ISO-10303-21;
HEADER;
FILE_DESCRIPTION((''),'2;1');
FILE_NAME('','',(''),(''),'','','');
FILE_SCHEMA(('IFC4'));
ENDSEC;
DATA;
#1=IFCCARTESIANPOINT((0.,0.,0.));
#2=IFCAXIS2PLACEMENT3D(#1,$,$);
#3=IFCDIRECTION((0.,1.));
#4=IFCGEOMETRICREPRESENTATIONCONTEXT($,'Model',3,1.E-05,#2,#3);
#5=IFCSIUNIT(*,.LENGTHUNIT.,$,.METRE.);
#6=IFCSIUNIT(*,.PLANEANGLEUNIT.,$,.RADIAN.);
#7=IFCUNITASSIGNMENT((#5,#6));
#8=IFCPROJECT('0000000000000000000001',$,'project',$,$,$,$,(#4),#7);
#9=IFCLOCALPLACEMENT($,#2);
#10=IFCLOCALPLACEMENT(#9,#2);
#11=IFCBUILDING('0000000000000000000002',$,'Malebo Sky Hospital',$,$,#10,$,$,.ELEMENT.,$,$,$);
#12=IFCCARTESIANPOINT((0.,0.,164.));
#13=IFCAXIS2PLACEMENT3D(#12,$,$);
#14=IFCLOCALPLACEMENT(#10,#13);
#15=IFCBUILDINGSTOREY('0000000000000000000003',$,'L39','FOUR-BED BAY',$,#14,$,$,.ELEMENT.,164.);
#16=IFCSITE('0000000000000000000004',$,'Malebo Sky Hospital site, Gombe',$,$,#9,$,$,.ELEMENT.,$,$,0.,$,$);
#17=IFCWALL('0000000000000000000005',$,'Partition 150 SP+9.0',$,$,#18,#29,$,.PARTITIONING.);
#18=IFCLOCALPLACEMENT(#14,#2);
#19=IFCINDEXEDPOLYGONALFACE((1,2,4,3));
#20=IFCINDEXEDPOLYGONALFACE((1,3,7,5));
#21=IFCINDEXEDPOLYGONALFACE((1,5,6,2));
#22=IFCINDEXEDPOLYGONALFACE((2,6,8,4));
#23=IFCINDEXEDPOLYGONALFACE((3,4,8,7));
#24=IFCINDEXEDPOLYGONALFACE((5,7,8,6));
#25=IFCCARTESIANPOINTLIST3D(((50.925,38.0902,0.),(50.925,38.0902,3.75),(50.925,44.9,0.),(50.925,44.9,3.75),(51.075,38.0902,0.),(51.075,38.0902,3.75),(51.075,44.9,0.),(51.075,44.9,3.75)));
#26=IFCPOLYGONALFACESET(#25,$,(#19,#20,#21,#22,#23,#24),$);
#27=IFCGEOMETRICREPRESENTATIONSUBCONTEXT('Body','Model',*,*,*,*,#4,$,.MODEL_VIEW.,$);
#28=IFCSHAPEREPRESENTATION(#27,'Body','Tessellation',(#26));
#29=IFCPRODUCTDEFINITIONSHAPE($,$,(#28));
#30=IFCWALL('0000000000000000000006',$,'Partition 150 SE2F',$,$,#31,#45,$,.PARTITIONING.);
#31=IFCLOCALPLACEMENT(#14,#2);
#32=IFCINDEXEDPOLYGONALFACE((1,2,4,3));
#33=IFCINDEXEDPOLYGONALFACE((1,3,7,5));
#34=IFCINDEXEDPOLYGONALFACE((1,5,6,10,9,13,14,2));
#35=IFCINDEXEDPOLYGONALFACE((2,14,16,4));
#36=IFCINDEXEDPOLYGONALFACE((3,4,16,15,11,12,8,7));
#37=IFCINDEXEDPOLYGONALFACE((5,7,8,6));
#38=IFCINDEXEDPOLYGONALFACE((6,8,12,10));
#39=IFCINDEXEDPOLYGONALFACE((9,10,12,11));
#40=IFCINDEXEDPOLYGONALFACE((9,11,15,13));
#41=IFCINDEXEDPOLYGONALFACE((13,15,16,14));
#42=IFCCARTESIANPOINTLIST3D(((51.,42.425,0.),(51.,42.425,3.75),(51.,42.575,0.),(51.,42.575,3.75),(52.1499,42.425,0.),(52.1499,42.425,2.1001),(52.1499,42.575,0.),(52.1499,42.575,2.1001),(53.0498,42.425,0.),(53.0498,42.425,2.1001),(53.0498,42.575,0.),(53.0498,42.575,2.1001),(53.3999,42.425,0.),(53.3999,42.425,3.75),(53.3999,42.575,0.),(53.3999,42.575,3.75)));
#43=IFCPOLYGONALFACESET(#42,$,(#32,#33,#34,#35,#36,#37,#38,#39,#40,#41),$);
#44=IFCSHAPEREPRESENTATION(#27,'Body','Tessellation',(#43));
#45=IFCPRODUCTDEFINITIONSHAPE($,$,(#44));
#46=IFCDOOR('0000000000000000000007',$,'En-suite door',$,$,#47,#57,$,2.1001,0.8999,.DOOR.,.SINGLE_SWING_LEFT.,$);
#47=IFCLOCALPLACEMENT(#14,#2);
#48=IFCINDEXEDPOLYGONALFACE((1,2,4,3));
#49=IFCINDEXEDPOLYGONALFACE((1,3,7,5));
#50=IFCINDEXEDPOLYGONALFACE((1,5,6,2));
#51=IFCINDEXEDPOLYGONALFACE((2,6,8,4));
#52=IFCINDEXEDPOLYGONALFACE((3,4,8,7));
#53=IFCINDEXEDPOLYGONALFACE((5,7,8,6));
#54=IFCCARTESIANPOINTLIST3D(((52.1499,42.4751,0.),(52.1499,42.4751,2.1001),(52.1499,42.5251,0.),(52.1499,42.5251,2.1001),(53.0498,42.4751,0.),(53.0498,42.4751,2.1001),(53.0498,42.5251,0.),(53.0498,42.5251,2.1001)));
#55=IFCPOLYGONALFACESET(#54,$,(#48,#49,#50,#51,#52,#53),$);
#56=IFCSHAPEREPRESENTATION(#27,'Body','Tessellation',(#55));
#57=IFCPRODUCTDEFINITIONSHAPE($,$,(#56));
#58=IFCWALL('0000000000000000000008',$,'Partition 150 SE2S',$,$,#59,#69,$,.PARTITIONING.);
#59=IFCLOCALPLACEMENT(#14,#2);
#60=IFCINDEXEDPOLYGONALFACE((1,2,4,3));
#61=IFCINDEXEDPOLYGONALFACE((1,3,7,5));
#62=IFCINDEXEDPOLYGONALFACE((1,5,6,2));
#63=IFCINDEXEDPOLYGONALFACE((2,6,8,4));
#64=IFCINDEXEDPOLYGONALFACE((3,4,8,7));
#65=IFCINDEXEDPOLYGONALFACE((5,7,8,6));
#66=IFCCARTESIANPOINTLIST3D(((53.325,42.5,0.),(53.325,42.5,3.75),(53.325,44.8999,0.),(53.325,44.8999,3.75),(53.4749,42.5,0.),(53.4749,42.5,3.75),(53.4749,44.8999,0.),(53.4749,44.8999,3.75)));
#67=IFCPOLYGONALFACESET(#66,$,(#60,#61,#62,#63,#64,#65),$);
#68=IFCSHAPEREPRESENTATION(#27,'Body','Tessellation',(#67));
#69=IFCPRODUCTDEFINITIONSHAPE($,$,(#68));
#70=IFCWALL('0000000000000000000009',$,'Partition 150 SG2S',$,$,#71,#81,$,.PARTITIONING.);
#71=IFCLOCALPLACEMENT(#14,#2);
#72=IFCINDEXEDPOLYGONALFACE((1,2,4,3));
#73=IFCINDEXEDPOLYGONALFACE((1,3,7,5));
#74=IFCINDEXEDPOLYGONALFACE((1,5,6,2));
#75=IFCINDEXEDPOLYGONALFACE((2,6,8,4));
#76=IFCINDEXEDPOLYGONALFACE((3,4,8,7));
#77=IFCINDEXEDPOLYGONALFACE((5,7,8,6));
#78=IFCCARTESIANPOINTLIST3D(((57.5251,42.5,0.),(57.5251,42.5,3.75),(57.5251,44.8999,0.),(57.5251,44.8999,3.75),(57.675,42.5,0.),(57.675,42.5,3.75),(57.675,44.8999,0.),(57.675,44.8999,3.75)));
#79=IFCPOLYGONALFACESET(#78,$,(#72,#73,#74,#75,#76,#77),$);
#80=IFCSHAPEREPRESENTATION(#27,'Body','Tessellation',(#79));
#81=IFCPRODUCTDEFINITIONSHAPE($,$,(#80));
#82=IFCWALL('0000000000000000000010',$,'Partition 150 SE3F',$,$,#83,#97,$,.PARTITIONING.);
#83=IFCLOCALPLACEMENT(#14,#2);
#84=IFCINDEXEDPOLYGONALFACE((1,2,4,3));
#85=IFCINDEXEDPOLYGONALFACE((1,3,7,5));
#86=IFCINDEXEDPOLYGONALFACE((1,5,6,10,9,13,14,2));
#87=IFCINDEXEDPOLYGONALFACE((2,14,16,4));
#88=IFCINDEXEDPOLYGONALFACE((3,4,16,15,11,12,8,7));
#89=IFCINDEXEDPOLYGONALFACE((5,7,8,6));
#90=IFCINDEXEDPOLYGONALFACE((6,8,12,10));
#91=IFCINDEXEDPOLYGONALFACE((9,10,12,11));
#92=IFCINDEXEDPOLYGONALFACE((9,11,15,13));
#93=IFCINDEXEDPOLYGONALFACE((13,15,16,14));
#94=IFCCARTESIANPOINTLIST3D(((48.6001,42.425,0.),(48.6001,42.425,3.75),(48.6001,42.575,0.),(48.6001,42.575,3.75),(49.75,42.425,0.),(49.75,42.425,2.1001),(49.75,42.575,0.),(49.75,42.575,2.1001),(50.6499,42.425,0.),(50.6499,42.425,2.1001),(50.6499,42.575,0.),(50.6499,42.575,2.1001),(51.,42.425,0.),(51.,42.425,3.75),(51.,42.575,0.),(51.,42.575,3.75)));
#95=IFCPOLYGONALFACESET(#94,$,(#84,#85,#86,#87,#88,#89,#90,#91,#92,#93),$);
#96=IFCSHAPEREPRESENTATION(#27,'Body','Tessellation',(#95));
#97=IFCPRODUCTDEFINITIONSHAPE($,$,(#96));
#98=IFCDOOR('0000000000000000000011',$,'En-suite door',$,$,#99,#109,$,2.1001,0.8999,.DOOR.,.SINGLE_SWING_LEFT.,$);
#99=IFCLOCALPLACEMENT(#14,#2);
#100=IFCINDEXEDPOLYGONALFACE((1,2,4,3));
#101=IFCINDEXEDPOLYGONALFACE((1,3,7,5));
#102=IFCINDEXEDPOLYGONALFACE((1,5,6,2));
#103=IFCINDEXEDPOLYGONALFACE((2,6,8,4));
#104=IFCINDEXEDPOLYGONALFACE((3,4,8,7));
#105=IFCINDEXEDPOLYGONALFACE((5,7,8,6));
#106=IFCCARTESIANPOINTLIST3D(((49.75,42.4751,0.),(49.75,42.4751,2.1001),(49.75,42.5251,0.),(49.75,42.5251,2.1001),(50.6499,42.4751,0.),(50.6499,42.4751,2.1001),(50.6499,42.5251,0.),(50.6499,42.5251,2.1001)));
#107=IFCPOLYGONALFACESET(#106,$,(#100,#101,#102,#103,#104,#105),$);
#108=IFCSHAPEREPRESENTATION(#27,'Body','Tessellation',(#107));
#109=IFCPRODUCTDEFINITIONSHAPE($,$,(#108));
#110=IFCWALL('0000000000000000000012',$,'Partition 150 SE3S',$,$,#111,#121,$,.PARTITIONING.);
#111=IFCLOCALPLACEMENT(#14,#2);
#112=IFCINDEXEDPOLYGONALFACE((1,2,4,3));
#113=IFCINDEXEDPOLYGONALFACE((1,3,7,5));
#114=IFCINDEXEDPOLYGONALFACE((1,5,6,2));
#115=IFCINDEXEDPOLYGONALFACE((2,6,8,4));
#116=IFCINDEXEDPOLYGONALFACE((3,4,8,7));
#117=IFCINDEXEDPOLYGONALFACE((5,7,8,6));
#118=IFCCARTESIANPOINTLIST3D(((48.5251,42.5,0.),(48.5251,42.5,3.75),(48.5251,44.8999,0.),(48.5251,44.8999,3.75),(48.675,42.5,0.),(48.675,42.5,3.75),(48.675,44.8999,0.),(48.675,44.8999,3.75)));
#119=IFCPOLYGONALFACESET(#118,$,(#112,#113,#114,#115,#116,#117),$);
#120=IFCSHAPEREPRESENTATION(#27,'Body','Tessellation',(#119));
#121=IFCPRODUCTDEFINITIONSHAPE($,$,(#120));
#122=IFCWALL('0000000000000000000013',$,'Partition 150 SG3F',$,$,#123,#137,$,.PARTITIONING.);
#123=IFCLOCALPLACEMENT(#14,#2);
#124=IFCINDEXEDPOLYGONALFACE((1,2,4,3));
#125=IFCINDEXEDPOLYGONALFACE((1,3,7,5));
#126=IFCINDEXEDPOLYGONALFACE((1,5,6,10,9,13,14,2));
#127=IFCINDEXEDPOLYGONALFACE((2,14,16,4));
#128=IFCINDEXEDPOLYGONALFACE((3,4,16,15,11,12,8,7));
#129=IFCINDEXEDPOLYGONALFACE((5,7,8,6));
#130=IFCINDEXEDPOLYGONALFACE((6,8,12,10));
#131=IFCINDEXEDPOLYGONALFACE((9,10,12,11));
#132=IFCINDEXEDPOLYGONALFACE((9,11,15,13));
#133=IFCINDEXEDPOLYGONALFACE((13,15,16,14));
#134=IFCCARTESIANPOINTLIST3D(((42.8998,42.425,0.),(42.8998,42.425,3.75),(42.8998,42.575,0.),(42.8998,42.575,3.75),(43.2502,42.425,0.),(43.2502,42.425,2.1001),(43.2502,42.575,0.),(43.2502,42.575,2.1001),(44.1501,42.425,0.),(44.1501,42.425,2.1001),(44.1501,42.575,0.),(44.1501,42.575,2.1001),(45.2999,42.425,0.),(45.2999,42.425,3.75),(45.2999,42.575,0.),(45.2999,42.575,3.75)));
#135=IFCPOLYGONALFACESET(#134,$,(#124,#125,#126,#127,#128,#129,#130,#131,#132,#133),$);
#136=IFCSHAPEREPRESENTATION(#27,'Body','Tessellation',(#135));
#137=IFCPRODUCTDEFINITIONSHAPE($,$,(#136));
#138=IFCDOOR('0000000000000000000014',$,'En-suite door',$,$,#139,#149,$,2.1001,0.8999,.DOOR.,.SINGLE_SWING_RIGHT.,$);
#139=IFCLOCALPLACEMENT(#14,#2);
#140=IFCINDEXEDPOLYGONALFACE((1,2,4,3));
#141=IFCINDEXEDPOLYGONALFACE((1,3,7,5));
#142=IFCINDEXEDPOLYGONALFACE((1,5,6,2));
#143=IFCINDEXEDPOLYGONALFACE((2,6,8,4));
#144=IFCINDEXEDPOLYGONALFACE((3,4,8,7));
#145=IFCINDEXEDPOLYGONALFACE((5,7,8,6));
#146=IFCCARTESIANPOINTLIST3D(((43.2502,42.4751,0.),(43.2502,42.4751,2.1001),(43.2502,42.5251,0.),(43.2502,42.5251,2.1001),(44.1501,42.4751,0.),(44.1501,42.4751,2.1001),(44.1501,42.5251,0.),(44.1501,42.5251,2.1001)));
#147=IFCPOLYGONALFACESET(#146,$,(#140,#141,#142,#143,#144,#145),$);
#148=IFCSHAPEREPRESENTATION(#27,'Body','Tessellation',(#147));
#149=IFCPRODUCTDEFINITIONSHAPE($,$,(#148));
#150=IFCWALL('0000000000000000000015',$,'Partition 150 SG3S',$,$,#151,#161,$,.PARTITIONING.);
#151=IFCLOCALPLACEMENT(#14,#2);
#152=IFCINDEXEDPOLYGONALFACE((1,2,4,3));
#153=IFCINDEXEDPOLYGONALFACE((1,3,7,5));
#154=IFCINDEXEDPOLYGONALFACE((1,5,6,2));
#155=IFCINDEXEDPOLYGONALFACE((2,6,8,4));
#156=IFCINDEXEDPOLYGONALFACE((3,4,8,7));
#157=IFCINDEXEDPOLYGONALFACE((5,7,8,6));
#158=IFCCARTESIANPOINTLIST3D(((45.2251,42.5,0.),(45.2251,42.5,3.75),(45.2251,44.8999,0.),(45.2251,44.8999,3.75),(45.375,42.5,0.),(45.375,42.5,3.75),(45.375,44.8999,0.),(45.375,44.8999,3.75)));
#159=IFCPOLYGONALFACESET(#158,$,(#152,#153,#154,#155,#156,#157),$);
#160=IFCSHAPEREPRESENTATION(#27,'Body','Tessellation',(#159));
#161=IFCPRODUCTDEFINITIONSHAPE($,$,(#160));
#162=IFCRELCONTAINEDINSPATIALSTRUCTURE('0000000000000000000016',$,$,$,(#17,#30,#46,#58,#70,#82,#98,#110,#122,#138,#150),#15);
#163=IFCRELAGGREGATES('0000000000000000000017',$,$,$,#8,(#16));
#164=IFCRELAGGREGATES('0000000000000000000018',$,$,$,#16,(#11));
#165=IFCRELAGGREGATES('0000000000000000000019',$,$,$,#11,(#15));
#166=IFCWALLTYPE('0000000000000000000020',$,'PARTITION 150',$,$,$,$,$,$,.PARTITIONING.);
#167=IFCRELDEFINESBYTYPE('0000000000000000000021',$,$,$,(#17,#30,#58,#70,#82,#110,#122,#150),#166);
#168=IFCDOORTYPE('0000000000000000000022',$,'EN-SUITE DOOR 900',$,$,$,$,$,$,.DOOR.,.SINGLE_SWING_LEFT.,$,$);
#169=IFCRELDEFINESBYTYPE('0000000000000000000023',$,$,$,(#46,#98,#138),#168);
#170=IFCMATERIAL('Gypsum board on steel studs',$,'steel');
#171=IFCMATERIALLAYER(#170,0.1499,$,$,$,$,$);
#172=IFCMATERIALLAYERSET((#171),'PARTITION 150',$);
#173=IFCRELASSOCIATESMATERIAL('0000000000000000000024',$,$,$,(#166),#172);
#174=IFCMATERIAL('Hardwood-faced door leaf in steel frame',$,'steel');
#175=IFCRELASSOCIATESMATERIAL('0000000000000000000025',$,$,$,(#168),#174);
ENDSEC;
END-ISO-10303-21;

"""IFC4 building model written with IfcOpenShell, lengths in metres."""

from ifc_helpers import new_model, si_unit, direction, frame, frame_2d, origin, place, context, subcontext, project, spatial, rectangle, extrude, material, layer, layer_set, type_object, element, fill, save


model = new_model("IFC4")

# Units and contexts
model_context = context("Model", 3, precision=1e-05, world=origin(), true_north=direction((0.0, 1.0)))
body_context = subcontext(model_context, "Body", "Model", "MODEL_VIEW")
ifc_project = project(units=[si_unit("LENGTHUNIT", "METRE"), si_unit("PLANEANGLEUNIT", "RADIAN")], contexts=[model_context])

# Site, building, storey
site_placement = place(None, origin())
site = spatial("IfcSite", under=ifc_project, at=site_placement, Name="Malebo Sky Hospital site, Gombe", CompositionType="ELEMENT", RefElevation=0.0)
building_placement = place(site_placement, origin())
building = spatial("IfcBuilding", under=site, at=building_placement, Name="Malebo Sky Hospital", CompositionType="ELEMENT")
storey_placement = place(building_placement, frame((0.0, 0.0, 164.0)))
storey = spatial("IfcBuildingStorey", under=building, at=storey_placement, Name="L39", Description="FOUR-BED BAY", CompositionType="ELEMENT", Elevation=164.0)

# Wall
ifc_material_1 = material(Name="Gypsum board on steel studs", Category="steel")
ifc_layer_1 = layer(ifc_material_1, 0.1499)
ifc_layer_set_1 = layer_set([ifc_layer_1], Name="PARTITION 150")
wall_type = type_object("IfcWallType", Name="PARTITION 150", PredefinedType="PARTITIONING", material=ifc_layer_set_1)
wall_1_placement = place(storey_placement, frame((51.0, 44.8999, 0.0), z_axis=(0.0, 0.0, 1.0), x_axis=(0.0, -1.0, 0.0)))
element("IfcWall", 1, at=wall_1_placement, inside=storey, type_object=wall_type, Name="Partition 150 SP+9.0", PredefinedType="PARTITIONING", context=body_context, shape_type="SweptSolid", body=[
    extrude(rectangle(XDim=6.8098, YDim=0.1499, at=frame_2d((3.4048, 0.0))), origin(), (0.0, 0.0, 1.0), 3.75),
])

# Wall, opening, door
wall_2_placement = place(storey_placement, frame((53.3999, 42.5, 0.0), z_axis=(0.0, 0.0, 1.0), x_axis=(-1.0, 0.0, 0.0)))
wall_2 = element("IfcWall", 2, at=wall_2_placement, inside=storey, type_object=wall_type, Name="Partition 150 SE2F", PredefinedType="PARTITIONING", context=body_context, shape_type="SweptSolid", body=[
    extrude(rectangle(XDim=2.3999, YDim=0.1499, at=frame_2d((1.2, 0.0))), origin(), (0.0, 0.0, 1.0), 3.75),
])
opening_1_placement = place(wall_2_placement, frame((0.3501, 0.0, 0.0)))
opening_1 = element("IfcOpeningElement", 3, at=opening_1_placement, cuts=wall_2, PredefinedType="OPENING", context=body_context, shape_type="SweptSolid", body=[
    extrude(rectangle(XDim=0.8999, YDim=2.1001, at=frame_2d((0.45, 1.05))), frame((0.0, 0.085, 0.0), z_axis=(0.0, -1.0, 0.0), x_axis=(1.0, 0.0, 0.0)), (0.0, 0.0, 1.0), 0.1699),
])
ifc_material_2 = material(Name="Hardwood-faced door leaf in steel frame", Category="steel")
door_type = type_object("IfcDoorType", Name="EN-SUITE DOOR 900", OperationType="SINGLE_SWING_LEFT", PredefinedType="DOOR", material=ifc_material_2)
door_1_placement = place(opening_1_placement, origin())
door_1 = element("IfcDoor", 4, at=door_1_placement, inside=storey, type_object=door_type, Name="En-suite door", OperationType="SINGLE_SWING_LEFT", OverallHeight=2.1001, OverallWidth=0.8999, PredefinedType="DOOR", context=body_context, shape_type="SweptSolid", body=[
    extrude(rectangle(XDim=0.8999, YDim=2.1001, at=frame_2d((0.45, 1.05))), frame((0.0, 0.0249, 0.0), z_axis=(0.0, -1.0, 0.0), x_axis=(1.0, 0.0, 0.0)), (0.0, 0.0, 1.0), 0.05),
])
fill(opening_1, door_1)

# Walls
for number, where, z_axis, x_axis, name in (
    (5, (53.3999, 44.8999, 0.0), (0.0, 0.0, 1.0), (0.0, -1.0, 0.0), "Partition 150 SE2S"),
    (6, (57.6001, 44.8999, 0.0), (0.0, 0.0, 1.0), (0.0, -1.0, 0.0), "Partition 150 SG2S"),
):
    element("IfcWall", number, at=place(storey_placement, frame(where, z_axis=z_axis, x_axis=x_axis)), inside=storey, type_object=wall_type, Name=name, PredefinedType="PARTITIONING", context=body_context, shape_type="SweptSolid", body=[
        extrude(rectangle(XDim=2.3999, YDim=0.1499, at=frame_2d((1.2, 0.0))), origin(), (0.0, 0.0, 1.0), 3.75),
    ])

# Wall, opening, door
wall_3_placement = place(storey_placement, frame((51.0, 42.5, 0.0), z_axis=(0.0, 0.0, 1.0), x_axis=(-1.0, 0.0, 0.0)))
wall_3 = element("IfcWall", 7, at=wall_3_placement, inside=storey, type_object=wall_type, Name="Partition 150 SE3F", PredefinedType="PARTITIONING", context=body_context, shape_type="SweptSolid", body=[
    extrude(rectangle(XDim=2.3999, YDim=0.1499, at=frame_2d((1.2, 0.0))), origin(), (0.0, 0.0, 1.0), 3.75),
])
opening_2_placement = place(wall_3_placement, frame((0.3501, 0.0, 0.0)))
opening_2 = element("IfcOpeningElement", 8, at=opening_2_placement, cuts=wall_3, PredefinedType="OPENING", context=body_context, shape_type="SweptSolid", body=[
    extrude(rectangle(XDim=0.8999, YDim=2.1001, at=frame_2d((0.45, 1.05))), frame((0.0, 0.085, 0.0), z_axis=(0.0, -1.0, 0.0), x_axis=(1.0, 0.0, 0.0)), (0.0, 0.0, 1.0), 0.1699),
])
door_2_placement = place(opening_2_placement, origin())
door_2 = element("IfcDoor", 9, at=door_2_placement, inside=storey, type_object=door_type, Name="En-suite door", OperationType="SINGLE_SWING_LEFT", OverallHeight=2.1001, OverallWidth=0.8999, PredefinedType="DOOR", context=body_context, shape_type="SweptSolid", body=[
    extrude(rectangle(XDim=0.8999, YDim=2.1001, at=frame_2d((0.45, 1.05))), frame((0.0, 0.0249, 0.0), z_axis=(0.0, -1.0, 0.0), x_axis=(1.0, 0.0, 0.0)), (0.0, 0.0, 1.0), 0.05),
])
fill(opening_2, door_2)

# Wall
wall_4_placement = place(storey_placement, frame((48.6001, 44.8999, 0.0), z_axis=(0.0, 0.0, 1.0), x_axis=(0.0, -1.0, 0.0)))
element("IfcWall", 10, at=wall_4_placement, inside=storey, type_object=wall_type, Name="Partition 150 SE3S", PredefinedType="PARTITIONING", context=body_context, shape_type="SweptSolid", body=[
    extrude(rectangle(XDim=2.3999, YDim=0.1499, at=frame_2d((1.2, 0.0))), origin(), (0.0, 0.0, 1.0), 3.75),
])

# Wall, opening, door
wall_5_placement = place(storey_placement, frame((45.3, 42.5, 0.0), z_axis=(0.0, 0.0, 1.0), x_axis=(-1.0, 0.0, 0.0)))
wall_5 = element("IfcWall", 11, at=wall_5_placement, inside=storey, type_object=wall_type, Name="Partition 150 SG3F", PredefinedType="PARTITIONING", context=body_context, shape_type="SweptSolid", body=[
    extrude(rectangle(XDim=2.4001, YDim=0.1499, at=frame_2d((1.2002, 0.0))), origin(), (0.0, 0.0, 1.0), 3.75),
])
opening_3_placement = place(wall_5_placement, frame((1.1499, 0.0, 0.0)))
opening_3 = element("IfcOpeningElement", 12, at=opening_3_placement, cuts=wall_5, PredefinedType="OPENING", context=body_context, shape_type="SweptSolid", body=[
    extrude(rectangle(XDim=0.8999, YDim=2.1001, at=frame_2d((0.45, 1.05))), frame((0.0, 0.085, 0.0), z_axis=(0.0, -1.0, 0.0), x_axis=(1.0, 0.0, 0.0)), (0.0, 0.0, 1.0), 0.1699),
])
door_3_placement = place(opening_3_placement, origin())
door_3 = element("IfcDoor", 13, at=door_3_placement, inside=storey, type_object=door_type, Name="En-suite door", OperationType="SINGLE_SWING_RIGHT", OverallHeight=2.1001, OverallWidth=0.8999, PredefinedType="DOOR", context=body_context, shape_type="SweptSolid", body=[
    extrude(rectangle(XDim=0.8999, YDim=2.1001, at=frame_2d((0.45, 1.05))), frame((0.0, 0.0249, 0.0), z_axis=(0.0, -1.0, 0.0), x_axis=(1.0, 0.0, 0.0)), (0.0, 0.0, 1.0), 0.05),
])
fill(opening_3, door_3)

# Wall
wall_6_placement = place(storey_placement, frame((45.3, 44.8999, 0.0), z_axis=(0.0, 0.0, 1.0), x_axis=(0.0, -1.0, 0.0)))
element("IfcWall", 14, at=wall_6_placement, inside=storey, type_object=wall_type, Name="Partition 150 SG3S", PredefinedType="PARTITIONING", context=body_context, shape_type="SweptSolid", body=[
    extrude(rectangle(XDim=2.3999, YDim=0.1499, at=frame_2d((1.2, 0.0))), origin(), (0.0, 0.0, 1.0), 3.75),
])

save(model, "model.ifc")
